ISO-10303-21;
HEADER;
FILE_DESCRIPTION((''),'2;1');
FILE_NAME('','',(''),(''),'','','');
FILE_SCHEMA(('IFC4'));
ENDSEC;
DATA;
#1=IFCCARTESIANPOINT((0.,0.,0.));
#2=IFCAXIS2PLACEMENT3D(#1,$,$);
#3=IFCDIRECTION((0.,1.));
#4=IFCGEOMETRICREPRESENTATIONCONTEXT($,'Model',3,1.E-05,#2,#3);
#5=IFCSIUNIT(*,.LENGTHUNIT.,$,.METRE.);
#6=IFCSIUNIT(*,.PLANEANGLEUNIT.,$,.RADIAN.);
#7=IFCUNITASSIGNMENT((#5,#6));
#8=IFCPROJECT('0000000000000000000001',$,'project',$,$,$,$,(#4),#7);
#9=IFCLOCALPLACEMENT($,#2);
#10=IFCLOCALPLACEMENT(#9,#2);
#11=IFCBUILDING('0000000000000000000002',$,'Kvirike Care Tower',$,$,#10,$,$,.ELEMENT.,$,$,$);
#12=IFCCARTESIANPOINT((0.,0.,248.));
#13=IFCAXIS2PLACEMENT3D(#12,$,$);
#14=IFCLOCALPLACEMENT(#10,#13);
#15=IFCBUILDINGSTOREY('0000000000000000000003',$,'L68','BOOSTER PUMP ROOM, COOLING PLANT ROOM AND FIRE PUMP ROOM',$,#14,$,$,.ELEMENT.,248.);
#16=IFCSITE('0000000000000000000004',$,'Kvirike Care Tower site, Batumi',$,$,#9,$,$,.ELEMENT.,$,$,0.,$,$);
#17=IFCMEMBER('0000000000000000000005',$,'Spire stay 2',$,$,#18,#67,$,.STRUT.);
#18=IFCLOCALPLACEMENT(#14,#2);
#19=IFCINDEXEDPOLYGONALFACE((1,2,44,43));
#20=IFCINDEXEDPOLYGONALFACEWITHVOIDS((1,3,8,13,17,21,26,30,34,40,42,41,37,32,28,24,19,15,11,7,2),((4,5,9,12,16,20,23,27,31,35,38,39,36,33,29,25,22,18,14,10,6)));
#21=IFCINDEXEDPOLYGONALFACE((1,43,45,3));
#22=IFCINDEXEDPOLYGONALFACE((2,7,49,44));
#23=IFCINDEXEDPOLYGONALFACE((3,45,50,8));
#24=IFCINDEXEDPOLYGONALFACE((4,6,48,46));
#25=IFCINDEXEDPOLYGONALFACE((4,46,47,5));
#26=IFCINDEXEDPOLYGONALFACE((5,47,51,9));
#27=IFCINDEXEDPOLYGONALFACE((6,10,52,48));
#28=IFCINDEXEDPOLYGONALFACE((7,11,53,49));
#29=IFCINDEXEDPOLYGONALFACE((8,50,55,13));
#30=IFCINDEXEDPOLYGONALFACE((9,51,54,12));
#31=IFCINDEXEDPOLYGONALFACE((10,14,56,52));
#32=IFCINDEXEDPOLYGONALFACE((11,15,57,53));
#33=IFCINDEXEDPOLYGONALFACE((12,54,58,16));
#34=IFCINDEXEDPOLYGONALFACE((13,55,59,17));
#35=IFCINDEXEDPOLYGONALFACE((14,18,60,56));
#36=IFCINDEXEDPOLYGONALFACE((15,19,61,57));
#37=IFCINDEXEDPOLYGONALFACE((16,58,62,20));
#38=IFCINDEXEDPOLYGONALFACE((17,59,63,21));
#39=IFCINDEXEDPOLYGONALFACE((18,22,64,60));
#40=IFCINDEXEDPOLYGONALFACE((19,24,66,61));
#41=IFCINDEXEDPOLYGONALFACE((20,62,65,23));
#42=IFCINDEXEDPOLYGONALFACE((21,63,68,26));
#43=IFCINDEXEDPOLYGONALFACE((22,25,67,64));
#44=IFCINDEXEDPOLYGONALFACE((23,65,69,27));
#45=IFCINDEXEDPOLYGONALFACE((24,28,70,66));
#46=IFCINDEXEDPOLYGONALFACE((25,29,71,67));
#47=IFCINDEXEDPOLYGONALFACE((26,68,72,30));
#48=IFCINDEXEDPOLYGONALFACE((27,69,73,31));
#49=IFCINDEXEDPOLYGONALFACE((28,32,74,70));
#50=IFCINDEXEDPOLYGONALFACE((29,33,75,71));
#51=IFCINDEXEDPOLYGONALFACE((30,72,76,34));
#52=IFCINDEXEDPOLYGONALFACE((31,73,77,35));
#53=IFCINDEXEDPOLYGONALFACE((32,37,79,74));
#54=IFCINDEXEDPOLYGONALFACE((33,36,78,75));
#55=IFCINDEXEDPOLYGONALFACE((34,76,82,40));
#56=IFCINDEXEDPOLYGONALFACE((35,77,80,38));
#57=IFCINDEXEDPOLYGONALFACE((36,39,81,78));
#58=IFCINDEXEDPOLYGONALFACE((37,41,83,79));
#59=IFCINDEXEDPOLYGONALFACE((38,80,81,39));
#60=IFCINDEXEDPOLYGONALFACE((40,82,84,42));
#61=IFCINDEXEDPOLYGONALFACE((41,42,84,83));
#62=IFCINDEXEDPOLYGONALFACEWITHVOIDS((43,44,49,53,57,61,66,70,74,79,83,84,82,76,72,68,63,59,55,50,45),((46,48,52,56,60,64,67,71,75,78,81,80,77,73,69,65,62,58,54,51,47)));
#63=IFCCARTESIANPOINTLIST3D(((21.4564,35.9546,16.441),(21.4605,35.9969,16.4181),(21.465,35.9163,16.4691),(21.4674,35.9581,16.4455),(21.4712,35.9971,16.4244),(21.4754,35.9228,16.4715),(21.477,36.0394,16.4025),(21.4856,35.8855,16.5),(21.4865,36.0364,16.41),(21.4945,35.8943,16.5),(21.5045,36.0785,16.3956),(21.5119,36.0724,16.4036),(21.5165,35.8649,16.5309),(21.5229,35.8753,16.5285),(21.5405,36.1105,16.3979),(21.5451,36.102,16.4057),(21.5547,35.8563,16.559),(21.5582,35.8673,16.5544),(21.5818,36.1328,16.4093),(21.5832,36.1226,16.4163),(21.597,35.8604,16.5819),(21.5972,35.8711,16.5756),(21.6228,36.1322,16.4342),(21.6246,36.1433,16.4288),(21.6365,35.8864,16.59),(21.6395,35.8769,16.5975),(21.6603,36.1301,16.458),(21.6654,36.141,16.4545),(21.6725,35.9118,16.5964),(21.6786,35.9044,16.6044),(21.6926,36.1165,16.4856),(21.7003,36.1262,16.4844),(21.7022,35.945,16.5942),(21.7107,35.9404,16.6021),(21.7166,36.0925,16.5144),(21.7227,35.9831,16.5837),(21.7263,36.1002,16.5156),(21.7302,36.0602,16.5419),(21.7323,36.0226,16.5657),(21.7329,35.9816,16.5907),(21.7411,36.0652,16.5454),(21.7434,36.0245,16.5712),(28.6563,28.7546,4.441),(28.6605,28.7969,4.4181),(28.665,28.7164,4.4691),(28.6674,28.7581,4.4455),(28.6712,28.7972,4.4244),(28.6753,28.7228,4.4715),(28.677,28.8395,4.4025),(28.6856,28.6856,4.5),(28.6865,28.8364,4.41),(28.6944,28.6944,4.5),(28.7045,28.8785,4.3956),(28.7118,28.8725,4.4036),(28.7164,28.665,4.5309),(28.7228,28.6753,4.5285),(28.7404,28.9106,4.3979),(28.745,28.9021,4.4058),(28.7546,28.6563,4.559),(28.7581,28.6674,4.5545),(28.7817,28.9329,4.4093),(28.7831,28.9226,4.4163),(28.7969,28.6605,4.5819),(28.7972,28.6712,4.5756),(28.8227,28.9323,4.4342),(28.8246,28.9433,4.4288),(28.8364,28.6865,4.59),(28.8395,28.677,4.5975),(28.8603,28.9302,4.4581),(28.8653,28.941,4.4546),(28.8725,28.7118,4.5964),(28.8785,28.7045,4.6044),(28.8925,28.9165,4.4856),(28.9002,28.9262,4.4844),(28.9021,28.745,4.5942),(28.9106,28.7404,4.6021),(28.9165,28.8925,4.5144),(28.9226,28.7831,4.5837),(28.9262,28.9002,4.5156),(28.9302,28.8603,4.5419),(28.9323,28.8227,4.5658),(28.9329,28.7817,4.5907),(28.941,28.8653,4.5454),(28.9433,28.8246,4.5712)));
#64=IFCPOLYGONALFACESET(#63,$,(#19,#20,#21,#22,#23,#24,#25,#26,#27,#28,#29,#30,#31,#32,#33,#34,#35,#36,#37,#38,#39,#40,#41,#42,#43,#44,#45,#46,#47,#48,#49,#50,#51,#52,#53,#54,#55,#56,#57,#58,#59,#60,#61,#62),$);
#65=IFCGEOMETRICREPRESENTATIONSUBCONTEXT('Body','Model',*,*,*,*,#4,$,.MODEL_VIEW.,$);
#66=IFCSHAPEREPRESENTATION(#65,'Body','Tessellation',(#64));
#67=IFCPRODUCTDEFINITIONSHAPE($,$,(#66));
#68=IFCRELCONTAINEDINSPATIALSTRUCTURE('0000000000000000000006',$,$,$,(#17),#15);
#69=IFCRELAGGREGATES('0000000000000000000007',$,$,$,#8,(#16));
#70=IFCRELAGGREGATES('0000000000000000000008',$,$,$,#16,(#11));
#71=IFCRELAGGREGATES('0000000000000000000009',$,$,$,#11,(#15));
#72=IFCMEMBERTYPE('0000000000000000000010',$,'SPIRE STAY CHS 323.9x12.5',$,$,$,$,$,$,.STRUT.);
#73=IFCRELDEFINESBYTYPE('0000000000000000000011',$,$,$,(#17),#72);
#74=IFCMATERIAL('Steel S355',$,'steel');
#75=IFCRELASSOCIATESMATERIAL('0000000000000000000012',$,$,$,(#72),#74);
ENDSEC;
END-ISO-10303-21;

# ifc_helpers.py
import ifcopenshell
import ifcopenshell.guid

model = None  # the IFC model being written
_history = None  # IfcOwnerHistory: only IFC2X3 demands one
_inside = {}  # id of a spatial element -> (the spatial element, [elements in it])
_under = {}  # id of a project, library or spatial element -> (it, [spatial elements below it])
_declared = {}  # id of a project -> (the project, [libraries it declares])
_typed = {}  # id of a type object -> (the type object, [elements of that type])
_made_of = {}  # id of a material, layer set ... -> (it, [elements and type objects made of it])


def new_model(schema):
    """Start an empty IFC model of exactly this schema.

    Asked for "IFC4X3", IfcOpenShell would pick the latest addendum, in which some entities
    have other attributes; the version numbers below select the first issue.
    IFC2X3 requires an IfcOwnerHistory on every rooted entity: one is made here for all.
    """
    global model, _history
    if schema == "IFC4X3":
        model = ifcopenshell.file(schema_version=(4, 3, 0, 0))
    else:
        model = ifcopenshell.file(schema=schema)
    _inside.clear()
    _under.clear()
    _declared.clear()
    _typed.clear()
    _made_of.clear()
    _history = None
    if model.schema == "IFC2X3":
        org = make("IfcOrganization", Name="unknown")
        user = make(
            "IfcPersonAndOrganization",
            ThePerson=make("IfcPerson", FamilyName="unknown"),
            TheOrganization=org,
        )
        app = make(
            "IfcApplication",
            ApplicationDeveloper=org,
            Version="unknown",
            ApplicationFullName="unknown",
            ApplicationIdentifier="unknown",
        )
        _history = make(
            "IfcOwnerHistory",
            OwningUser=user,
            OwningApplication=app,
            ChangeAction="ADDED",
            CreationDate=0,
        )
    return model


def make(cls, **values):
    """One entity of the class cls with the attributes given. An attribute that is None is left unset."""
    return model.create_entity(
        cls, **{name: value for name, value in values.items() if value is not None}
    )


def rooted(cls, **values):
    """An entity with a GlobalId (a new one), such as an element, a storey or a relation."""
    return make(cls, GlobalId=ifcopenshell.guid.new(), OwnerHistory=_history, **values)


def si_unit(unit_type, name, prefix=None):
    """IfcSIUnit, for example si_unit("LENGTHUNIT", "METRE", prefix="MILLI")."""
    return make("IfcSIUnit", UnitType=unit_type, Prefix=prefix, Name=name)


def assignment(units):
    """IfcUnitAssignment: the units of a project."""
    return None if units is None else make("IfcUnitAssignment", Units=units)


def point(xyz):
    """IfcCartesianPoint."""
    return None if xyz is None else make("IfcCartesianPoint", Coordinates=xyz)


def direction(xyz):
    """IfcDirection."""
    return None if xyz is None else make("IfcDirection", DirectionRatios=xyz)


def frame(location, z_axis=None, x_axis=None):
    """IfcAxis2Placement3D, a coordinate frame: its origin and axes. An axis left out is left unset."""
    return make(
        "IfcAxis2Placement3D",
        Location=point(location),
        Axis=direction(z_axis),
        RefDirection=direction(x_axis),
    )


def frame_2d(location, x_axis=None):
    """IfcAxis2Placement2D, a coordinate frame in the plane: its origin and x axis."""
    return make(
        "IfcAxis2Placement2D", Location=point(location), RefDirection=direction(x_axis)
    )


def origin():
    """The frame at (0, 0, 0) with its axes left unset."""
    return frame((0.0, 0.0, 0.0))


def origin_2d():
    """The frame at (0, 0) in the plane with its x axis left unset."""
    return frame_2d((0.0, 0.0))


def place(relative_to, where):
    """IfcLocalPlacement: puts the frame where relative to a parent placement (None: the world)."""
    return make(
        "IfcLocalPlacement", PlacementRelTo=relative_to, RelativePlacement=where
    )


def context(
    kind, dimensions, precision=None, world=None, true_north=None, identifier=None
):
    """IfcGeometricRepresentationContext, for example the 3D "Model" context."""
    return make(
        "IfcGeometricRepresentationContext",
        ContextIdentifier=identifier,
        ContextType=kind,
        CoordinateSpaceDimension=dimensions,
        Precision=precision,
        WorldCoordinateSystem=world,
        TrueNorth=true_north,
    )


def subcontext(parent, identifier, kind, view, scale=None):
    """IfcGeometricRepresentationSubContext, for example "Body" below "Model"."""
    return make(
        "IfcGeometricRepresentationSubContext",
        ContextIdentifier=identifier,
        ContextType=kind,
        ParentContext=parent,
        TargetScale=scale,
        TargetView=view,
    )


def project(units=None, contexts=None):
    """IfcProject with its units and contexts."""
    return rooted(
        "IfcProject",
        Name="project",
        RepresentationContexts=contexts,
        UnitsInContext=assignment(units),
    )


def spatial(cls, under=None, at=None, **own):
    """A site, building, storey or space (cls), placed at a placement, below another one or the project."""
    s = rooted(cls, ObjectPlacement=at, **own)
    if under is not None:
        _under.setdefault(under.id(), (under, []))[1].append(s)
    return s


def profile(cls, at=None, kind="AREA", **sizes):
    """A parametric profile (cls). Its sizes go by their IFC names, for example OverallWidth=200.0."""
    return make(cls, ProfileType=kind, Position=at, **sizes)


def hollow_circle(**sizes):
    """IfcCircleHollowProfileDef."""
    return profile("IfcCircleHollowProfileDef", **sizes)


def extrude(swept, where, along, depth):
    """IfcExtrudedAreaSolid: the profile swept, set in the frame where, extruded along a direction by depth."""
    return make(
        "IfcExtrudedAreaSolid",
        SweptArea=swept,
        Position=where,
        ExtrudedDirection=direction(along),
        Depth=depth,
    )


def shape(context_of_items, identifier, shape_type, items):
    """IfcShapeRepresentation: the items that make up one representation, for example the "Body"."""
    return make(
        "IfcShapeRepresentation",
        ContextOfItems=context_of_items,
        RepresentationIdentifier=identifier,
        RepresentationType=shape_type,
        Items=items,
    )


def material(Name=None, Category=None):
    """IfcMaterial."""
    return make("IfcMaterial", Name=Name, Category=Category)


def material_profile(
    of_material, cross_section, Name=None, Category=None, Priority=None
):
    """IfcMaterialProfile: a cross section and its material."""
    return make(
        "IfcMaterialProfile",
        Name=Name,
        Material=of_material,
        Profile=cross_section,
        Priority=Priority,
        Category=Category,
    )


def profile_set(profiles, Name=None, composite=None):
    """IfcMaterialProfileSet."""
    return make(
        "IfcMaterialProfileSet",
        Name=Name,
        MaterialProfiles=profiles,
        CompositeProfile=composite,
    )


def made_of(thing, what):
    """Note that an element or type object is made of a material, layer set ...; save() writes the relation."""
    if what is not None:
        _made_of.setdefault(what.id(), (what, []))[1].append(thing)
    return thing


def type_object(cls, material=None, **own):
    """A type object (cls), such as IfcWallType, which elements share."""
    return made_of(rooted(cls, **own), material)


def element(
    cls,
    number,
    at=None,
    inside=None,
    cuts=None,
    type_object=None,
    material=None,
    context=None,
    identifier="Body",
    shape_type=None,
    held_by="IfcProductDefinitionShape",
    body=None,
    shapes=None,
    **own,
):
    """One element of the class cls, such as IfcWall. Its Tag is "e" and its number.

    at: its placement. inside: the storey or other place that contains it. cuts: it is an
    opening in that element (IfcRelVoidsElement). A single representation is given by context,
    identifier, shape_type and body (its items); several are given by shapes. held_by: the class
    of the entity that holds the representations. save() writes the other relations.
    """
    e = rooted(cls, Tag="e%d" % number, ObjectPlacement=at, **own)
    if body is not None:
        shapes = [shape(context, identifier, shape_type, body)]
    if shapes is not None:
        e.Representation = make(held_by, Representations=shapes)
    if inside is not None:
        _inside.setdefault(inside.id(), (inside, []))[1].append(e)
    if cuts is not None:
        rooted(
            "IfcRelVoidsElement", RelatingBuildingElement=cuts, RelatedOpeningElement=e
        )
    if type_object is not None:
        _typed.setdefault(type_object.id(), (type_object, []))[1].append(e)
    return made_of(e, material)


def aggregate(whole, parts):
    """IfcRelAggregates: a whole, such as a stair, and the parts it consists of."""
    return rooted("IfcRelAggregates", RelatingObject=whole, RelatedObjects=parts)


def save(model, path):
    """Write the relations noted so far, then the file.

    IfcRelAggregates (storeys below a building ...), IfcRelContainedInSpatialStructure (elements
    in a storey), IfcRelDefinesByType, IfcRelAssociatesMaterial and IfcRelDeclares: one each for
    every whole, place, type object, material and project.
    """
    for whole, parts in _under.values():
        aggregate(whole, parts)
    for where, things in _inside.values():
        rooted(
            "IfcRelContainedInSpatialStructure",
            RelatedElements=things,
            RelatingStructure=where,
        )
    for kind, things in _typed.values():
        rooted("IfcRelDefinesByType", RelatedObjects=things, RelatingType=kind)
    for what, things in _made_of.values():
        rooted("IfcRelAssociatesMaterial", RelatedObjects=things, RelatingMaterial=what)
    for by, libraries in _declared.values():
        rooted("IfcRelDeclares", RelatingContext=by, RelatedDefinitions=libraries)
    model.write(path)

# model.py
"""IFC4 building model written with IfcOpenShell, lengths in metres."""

from ifc_helpers import new_model, si_unit, direction, frame, origin, origin_2d, place, context, subcontext, project, spatial, hollow_circle, extrude, material, material_profile, profile_set, type_object, element, save


model = new_model("IFC4")

# Units and contexts
model_context = context("Model", 3, precision=1e-05, world=origin(), true_north=direction((0.0, 1.0)))
body_context = subcontext(model_context, "Body", "Model", "MODEL_VIEW")
ifc_project = project(units=[si_unit("LENGTHUNIT", "METRE"), si_unit("PLANEANGLEUNIT", "RADIAN")], contexts=[model_context])

# Site, building, storey
site_placement = place(None, origin())
site = spatial("IfcSite", under=ifc_project, at=site_placement, Name="Kvirike Care Tower site, Batumi", CompositionType="ELEMENT", RefElevation=0.0)
building_placement = place(site_placement, origin())
building = spatial("IfcBuilding", under=site, at=building_placement, Name="Kvirike Care Tower", CompositionType="ELEMENT")
storey_placement = place(building_placement, frame((0.0, 0.0, 248.0)))
storey = spatial("IfcBuildingStorey", under=building, at=storey_placement, Name="L68", Description="BOOSTER PUMP ROOM, COOLING PLANT ROOM AND FIRE PUMP ROOM", CompositionType="ELEMENT", Elevation=248.0)

# Member
ifc_material_1 = material(Name="Steel S355", Category="steel")
ifc_material_profile_1 = material_profile(ifc_material_1, hollow_circle(Radius=0.1619, WallThickness=0.0125, at=origin_2d()), Name="CHS 323.9x12.5")
ifc_profile_set_1 = profile_set([ifc_material_profile_1], Name="Steel S355")
member_type_1 = type_object("IfcMemberType", Name="SPIRE STAY CHS 323.9x12.5", PredefinedType="STRUT", material=ifc_profile_set_1)
member_1_placement = place(storey_placement, frame((28.8, 28.8, 4.5), z_axis=(-0.457494, 0.457494, 0.762495), x_axis=(-0.707107, -0.707107, 0.0)))
element("IfcMember", 1, at=member_1_placement, inside=storey, type_object=member_type_1, Name="Spire stay 2", PredefinedType="STRUT", context=body_context, shape_type="SweptSolid", body=[
    extrude(hollow_circle(Radius=0.1619, WallThickness=0.0125, at=origin_2d()), origin(), (0.0, 0.0, 1.0), 15.7378),
])

save(model, "model.ifc")
